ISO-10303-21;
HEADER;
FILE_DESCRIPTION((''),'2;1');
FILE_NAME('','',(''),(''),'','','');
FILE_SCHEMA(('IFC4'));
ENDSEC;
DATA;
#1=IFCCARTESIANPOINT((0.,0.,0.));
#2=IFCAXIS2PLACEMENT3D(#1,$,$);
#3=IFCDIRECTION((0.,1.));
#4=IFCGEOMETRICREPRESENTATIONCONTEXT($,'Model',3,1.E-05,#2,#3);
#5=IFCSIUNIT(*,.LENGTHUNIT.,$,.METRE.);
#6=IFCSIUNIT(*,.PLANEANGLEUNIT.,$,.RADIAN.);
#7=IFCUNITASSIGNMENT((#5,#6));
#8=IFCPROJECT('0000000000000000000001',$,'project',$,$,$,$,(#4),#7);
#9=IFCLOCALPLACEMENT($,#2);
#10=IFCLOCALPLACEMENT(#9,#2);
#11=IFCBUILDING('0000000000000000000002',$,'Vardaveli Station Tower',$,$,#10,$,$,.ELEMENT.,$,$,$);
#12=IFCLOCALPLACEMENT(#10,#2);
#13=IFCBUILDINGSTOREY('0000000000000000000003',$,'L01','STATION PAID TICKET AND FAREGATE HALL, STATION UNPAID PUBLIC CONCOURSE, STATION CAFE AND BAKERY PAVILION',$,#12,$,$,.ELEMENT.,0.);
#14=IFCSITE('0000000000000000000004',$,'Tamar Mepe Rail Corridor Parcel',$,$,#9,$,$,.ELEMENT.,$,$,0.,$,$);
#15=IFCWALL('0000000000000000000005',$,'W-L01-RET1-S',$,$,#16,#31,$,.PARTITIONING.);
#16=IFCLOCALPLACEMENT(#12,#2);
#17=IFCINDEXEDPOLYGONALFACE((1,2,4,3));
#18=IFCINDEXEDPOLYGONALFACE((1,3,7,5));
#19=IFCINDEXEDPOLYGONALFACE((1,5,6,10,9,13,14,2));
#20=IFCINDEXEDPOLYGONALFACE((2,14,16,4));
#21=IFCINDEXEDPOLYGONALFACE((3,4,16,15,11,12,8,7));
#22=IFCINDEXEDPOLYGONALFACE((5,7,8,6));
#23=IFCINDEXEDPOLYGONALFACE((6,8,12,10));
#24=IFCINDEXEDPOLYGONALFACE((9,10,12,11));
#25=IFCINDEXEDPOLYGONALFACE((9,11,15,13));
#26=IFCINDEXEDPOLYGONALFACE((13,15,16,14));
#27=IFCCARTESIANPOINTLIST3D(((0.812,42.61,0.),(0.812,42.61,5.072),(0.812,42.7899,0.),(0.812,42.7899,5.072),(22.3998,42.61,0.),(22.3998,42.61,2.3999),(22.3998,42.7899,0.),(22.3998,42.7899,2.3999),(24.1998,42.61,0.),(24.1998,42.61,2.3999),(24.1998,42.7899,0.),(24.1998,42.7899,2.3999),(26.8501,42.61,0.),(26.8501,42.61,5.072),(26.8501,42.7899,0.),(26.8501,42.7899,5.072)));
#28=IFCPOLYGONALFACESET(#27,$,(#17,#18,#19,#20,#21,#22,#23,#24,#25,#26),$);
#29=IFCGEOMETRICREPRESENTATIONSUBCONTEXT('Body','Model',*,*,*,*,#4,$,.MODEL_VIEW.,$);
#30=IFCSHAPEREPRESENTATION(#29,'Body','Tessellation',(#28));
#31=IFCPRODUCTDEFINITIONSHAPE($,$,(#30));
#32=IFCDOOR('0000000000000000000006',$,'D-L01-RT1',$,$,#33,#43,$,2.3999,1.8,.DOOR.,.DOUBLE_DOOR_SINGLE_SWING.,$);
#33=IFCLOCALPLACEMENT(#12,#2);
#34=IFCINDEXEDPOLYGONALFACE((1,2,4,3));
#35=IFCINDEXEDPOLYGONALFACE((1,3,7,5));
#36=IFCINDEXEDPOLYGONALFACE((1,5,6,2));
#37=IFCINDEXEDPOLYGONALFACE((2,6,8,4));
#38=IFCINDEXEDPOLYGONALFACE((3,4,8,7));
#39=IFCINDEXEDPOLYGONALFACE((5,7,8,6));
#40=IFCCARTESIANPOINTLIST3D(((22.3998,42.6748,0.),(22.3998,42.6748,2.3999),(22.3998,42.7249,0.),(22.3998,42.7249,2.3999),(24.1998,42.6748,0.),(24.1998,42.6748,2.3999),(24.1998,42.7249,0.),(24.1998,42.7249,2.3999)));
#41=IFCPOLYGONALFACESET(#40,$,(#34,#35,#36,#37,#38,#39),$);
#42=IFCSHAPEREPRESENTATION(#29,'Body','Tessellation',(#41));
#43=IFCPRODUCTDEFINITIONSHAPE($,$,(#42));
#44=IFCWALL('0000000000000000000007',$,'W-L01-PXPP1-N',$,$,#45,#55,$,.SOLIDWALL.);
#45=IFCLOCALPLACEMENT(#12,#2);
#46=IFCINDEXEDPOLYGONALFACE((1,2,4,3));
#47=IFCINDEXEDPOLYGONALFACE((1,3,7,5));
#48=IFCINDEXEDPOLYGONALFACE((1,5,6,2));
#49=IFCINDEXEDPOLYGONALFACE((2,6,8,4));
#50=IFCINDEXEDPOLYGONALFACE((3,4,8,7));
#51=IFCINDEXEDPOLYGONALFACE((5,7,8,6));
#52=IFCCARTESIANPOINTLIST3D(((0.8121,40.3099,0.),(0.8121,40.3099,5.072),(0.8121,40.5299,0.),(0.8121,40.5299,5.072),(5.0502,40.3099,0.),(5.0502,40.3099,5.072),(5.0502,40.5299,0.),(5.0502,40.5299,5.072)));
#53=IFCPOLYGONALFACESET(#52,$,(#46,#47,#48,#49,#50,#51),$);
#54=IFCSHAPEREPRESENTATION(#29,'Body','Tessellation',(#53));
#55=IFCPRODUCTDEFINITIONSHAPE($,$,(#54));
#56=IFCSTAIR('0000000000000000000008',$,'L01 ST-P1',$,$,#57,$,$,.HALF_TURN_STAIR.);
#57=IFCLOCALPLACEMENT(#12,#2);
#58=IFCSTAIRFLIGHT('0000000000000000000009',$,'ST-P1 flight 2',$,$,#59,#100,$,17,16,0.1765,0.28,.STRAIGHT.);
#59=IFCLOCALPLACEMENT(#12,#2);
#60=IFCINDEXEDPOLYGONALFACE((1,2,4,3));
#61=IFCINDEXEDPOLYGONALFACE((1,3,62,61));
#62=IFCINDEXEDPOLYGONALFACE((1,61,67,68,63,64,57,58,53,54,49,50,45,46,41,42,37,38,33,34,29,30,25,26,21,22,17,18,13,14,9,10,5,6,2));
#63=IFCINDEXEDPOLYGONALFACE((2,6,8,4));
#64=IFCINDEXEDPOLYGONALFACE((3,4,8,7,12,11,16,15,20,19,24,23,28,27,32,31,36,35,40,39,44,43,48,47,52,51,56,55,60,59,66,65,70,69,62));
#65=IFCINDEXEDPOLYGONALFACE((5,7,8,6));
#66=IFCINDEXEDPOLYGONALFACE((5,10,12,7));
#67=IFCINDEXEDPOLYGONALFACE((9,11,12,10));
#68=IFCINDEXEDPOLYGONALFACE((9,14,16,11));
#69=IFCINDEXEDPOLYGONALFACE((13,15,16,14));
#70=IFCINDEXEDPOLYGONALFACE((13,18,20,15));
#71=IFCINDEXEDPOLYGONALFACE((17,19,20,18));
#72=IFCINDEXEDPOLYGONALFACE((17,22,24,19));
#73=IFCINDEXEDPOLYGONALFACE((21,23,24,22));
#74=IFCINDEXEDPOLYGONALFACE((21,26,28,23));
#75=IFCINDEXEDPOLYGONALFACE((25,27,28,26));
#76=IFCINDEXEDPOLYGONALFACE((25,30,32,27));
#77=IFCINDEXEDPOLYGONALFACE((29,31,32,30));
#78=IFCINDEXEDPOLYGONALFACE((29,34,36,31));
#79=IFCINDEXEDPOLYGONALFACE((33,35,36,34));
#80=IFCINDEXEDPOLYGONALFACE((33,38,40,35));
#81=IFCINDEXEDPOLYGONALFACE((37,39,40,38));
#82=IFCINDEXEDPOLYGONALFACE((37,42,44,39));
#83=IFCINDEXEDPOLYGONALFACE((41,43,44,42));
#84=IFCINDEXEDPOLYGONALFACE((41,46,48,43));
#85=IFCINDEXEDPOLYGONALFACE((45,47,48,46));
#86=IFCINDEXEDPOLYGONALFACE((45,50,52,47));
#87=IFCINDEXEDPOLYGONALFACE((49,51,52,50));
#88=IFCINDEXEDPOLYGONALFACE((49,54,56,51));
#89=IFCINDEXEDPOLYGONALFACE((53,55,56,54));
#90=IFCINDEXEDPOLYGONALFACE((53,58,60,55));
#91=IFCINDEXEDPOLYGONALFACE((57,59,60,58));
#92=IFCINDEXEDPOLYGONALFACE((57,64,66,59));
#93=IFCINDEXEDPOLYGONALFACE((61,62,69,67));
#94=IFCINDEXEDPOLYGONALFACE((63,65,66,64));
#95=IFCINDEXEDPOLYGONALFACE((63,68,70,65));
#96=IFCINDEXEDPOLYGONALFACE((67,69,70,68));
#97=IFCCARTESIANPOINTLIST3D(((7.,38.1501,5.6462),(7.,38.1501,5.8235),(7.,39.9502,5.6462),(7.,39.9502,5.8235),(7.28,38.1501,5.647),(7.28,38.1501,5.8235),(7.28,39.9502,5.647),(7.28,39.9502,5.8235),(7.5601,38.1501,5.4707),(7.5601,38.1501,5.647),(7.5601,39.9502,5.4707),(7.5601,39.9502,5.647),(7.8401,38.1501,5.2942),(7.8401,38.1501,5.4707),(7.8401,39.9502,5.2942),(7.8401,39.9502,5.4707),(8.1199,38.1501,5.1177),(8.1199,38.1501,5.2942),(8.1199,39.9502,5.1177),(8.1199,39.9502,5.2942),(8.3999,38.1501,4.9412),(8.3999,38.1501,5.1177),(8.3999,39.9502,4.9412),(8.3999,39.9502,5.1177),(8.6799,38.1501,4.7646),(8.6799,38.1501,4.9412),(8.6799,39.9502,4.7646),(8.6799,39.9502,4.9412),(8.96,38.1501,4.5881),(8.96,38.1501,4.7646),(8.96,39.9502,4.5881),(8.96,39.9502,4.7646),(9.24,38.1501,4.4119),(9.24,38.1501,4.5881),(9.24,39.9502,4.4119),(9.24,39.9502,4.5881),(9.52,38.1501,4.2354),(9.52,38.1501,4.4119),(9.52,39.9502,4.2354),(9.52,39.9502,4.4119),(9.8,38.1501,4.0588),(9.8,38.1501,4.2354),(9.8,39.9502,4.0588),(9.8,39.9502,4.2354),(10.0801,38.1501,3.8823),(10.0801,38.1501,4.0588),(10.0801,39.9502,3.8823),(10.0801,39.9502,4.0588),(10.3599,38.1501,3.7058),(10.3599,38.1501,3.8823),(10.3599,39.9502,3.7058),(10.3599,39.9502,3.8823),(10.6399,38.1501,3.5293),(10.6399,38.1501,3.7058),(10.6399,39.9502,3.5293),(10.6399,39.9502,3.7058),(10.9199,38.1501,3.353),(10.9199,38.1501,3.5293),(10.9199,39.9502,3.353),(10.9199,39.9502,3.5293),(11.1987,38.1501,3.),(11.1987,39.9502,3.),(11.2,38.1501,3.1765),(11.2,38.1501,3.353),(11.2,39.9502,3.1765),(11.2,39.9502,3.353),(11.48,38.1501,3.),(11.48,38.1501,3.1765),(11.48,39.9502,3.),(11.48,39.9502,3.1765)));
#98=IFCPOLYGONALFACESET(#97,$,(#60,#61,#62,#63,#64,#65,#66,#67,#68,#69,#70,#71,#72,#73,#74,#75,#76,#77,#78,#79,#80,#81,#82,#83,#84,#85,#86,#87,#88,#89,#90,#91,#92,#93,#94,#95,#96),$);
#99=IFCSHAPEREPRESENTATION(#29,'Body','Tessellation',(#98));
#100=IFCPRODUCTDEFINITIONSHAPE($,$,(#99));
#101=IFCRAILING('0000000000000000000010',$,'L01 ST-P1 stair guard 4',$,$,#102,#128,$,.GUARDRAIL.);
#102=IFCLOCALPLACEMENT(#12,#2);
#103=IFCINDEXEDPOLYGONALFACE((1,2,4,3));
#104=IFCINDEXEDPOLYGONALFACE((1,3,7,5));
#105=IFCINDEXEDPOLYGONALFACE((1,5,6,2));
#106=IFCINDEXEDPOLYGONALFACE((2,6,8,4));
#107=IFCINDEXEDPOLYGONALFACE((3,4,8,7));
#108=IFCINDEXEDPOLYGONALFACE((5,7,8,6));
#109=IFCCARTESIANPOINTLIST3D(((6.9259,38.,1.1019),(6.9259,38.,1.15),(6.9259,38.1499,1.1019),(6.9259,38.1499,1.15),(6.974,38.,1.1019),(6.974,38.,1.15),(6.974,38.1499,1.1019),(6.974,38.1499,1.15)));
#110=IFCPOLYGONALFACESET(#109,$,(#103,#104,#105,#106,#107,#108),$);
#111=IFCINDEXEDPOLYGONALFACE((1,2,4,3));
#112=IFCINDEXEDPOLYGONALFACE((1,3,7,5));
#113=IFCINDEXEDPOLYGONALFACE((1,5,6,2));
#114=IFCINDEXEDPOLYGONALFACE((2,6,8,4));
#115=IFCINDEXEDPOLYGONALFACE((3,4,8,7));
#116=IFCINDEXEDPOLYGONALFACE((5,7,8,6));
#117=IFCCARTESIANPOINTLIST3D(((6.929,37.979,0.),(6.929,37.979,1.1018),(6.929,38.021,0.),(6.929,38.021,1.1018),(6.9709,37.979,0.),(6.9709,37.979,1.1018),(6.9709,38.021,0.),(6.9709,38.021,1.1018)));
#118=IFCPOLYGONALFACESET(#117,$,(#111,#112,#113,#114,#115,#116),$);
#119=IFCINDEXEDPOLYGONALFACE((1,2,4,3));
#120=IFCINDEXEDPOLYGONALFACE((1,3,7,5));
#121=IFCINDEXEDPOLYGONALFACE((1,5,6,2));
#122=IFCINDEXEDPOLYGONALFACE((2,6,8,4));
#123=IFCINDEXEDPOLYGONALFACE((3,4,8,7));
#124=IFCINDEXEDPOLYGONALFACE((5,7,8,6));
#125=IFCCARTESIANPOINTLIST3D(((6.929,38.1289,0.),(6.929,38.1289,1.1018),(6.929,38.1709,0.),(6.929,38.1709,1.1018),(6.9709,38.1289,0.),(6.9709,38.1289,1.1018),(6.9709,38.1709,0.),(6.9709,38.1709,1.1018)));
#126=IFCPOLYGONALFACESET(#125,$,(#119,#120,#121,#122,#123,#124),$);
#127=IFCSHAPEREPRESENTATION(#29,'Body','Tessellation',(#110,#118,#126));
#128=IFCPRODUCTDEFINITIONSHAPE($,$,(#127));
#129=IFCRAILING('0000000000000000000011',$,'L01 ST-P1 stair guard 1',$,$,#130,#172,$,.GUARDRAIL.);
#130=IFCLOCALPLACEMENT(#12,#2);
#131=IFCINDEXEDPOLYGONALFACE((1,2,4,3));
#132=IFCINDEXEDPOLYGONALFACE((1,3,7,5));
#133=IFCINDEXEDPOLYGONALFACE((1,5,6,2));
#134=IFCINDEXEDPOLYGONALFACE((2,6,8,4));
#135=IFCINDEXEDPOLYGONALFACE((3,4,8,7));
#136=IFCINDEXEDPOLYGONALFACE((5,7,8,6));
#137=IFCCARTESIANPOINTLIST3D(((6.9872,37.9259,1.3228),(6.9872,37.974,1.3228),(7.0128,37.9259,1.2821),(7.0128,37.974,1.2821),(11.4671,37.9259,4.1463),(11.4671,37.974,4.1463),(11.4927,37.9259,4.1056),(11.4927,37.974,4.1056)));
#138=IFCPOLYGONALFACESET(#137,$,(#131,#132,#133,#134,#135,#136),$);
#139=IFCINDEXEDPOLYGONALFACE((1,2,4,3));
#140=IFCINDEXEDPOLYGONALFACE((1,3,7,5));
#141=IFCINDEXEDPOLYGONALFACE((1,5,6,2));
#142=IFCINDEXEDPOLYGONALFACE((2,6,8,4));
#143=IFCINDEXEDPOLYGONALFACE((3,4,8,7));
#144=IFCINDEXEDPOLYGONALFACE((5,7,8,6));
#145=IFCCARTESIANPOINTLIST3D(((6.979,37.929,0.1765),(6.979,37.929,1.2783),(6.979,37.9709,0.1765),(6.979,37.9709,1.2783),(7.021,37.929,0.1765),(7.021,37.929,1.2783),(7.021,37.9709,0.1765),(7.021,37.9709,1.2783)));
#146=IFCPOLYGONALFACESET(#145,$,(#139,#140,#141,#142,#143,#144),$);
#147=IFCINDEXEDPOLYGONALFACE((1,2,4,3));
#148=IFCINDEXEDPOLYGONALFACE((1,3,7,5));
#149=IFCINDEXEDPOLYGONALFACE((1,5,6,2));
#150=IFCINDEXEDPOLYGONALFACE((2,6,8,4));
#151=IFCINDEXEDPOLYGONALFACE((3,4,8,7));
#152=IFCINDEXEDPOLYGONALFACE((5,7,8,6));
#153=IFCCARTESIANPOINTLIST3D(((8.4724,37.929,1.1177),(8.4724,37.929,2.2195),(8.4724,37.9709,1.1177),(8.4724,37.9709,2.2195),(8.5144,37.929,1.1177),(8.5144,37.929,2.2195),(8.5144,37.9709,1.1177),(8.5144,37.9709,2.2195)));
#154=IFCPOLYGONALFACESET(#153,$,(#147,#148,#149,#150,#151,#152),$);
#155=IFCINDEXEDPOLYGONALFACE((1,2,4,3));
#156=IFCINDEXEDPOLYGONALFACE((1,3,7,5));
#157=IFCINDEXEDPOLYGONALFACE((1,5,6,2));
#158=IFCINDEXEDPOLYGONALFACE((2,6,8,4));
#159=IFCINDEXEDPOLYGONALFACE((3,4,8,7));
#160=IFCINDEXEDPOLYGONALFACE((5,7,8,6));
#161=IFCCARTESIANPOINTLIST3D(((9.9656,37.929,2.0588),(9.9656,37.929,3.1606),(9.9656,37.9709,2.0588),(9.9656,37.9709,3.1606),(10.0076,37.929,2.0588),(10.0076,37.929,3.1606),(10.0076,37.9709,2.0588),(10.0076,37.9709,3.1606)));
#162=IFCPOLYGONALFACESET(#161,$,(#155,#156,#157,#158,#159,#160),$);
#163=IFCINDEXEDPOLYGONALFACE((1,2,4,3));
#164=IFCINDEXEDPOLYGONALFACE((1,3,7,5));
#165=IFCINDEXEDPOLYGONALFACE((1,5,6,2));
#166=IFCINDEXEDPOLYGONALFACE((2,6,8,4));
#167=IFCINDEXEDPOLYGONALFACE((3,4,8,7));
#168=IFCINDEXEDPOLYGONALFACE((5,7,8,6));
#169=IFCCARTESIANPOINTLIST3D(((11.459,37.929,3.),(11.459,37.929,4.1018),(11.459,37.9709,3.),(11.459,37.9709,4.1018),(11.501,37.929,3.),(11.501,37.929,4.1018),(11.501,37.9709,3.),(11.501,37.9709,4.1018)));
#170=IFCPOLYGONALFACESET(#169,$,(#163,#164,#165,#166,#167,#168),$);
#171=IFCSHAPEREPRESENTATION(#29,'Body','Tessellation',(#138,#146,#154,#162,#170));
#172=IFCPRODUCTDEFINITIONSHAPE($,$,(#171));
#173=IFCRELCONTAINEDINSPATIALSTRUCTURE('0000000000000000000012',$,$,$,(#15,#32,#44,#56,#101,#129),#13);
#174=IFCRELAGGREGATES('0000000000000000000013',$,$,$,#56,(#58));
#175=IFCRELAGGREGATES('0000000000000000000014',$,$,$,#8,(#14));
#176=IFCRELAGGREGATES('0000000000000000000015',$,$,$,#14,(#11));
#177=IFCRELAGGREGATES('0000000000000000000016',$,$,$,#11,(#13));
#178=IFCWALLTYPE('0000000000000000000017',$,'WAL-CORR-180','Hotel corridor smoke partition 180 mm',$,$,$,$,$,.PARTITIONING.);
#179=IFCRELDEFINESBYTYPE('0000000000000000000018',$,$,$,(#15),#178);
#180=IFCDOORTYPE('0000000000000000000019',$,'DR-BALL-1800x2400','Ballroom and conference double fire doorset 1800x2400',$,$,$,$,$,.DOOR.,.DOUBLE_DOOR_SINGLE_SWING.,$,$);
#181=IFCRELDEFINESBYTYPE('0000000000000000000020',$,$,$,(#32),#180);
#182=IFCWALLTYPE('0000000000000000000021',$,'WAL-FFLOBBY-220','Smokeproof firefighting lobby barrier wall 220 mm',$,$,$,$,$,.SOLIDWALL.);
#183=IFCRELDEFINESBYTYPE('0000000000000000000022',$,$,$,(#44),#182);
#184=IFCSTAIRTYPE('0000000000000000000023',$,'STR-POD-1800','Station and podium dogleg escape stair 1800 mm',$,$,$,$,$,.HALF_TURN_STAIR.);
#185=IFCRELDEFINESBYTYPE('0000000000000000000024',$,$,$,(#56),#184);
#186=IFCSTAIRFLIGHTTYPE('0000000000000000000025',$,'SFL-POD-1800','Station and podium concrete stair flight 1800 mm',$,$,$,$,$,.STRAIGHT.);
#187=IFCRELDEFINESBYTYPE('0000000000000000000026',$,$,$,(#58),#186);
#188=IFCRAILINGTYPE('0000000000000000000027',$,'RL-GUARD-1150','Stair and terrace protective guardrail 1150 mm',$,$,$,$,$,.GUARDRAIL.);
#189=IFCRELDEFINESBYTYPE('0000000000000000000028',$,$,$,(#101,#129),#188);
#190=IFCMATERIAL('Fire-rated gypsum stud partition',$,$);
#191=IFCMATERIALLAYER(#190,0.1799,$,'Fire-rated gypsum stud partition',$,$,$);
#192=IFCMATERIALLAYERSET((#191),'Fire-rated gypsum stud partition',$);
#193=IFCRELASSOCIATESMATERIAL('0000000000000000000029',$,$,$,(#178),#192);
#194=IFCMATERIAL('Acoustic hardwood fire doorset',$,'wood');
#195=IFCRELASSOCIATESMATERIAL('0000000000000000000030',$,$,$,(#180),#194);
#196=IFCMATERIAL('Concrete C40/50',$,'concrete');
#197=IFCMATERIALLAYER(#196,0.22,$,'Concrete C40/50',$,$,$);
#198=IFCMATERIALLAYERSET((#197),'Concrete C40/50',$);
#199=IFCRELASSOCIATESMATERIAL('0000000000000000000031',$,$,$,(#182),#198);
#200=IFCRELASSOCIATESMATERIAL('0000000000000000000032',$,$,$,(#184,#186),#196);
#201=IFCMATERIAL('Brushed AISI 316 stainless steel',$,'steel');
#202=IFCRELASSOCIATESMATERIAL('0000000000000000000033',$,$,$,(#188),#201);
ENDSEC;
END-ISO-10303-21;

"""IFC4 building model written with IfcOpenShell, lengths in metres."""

from ifc_helpers import new_model, si_unit, direction, frame, frame_2d, origin, origin_2d, place, context, subcontext, project, spatial, polyline, rectangle, outline, extrude, source, transform, mapped, material, layer, layer_set, type_object, element, fill, aggregate, save


model = new_model("IFC4")

# Units and contexts
model_context = context("Model", 3, precision=1e-05, world=origin(), true_north=direction((0.0, 1.0)))
body_context = subcontext(model_context, "Body", "Model", "MODEL_VIEW")
ifc_project = project(units=[si_unit("LENGTHUNIT", "METRE"), si_unit("PLANEANGLEUNIT", "RADIAN")], contexts=[model_context])

# Site, building, storey
site_placement = place(None, origin())
site = spatial("IfcSite", under=ifc_project, at=site_placement, Name="Tamar Mepe Rail Corridor Parcel", CompositionType="ELEMENT", RefElevation=0.0)
building_placement = place(site_placement, origin())
building = spatial("IfcBuilding", under=site, at=building_placement, Name="Vardaveli Station Tower", CompositionType="ELEMENT")
storey_placement = place(building_placement, origin())
storey = spatial("IfcBuildingStorey", under=building, at=storey_placement, Name="L01", Description="STATION PAID TICKET AND FAREGATE HALL, STATION UNPAID PUBLIC CONCOURSE, STATION CAFE AND BAKERY PAVILION", CompositionType="ELEMENT", Elevation=0.0)

# Shared definitions
ifc_material_1 = material(Name="Concrete C40/50", Category="concrete")

# Wall, opening, door
ifc_material_2 = material(Name="Fire-rated gypsum stud partition")
ifc_layer_1 = layer(ifc_material_2, 0.1799, Name="Fire-rated gypsum stud partition")
ifc_layer_set_1 = layer_set([ifc_layer_1], Name="Fire-rated gypsum stud partition")
wall_type_1 = type_object("IfcWallType", Name="WAL-CORR-180", Description="Hotel corridor smoke partition 180 mm", PredefinedType="PARTITIONING", material=ifc_layer_set_1)
shared_shape_1 = source(origin(), body_context, "Body", "SweptSolid", [
    extrude(rectangle(XDim=26.0381, YDim=0.1799, at=frame_2d((13.019, 0.0))), origin(), (0.0, 0.0, 1.0), 5.072),
])
wall_1_placement = place(storey_placement, frame((0.812, 42.7, 0.0), z_axis=(0.0, 0.0, 1.0), x_axis=(1.0, 0.0, 0.0)))
wall_1 = element("IfcWall", 1, at=wall_1_placement, inside=storey, type_object=wall_type_1, Name="W-L01-RET1-S", PredefinedType="PARTITIONING", context=body_context, shape_type="MappedRepresentation", body=[
    mapped(shared_shape_1, transform((0.0, 0.0, 0.0), scale=1.0)),
])
shared_shape_2 = source(origin(), body_context, "Body", "SweptSolid", [
    extrude(rectangle(XDim=1.8, YDim=2.3999, at=frame_2d((0.8999, 1.2))), frame((0.0, 0.1001, 0.0), z_axis=(0.0, -1.0, 0.0), x_axis=(1.0, 0.0, 0.0)), (0.0, 0.0, 1.0), 0.2),
])
opening_1_placement = place(wall_1_placement, frame((21.5879, 0.0, 0.0)))
opening_1 = element("IfcOpeningElement", 2, at=opening_1_placement, cuts=wall_1, PredefinedType="OPENING", context=body_context, shape_type="MappedRepresentation", body=[
    mapped(shared_shape_2, transform((0.0, 0.0, 0.0), scale=1.0)),
])
ifc_material_3 = material(Name="Acoustic hardwood fire doorset", Category="wood")
door_type_1 = type_object("IfcDoorType", Name="DR-BALL-1800x2400", Description="Ballroom and conference double fire doorset 1800x2400", OperationType="DOUBLE_DOOR_SINGLE_SWING", PredefinedType="DOOR", material=ifc_material_3)
shared_shape_3 = source(origin(), body_context, "Body", "SweptSolid", [
    extrude(rectangle(XDim=1.8, YDim=2.3999, at=frame_2d((0.8999, 1.2))), frame((0.0, 0.0249, 0.0), z_axis=(0.0, -1.0, 0.0), x_axis=(1.0, 0.0, 0.0)), (0.0, 0.0, 1.0), 0.05),
])
door_1_placement = place(opening_1_placement, origin())
door_1 = element("IfcDoor", 3, at=door_1_placement, inside=storey, type_object=door_type_1, Name="D-L01-RT1", OperationType="DOUBLE_DOOR_SINGLE_SWING", OverallHeight=2.3999, OverallWidth=1.8, PredefinedType="DOOR", context=body_context, shape_type="MappedRepresentation", body=[
    mapped(shared_shape_3, transform((0.0, 0.0, 0.0), scale=1.0)),
])
fill(opening_1, door_1)

# Wall
ifc_layer_2 = layer(ifc_material_1, 0.22, Name="Concrete C40/50")
ifc_layer_set_2 = layer_set([ifc_layer_2], Name="Concrete C40/50")
wall_type_2 = type_object("IfcWallType", Name="WAL-FFLOBBY-220", Description="Smokeproof firefighting lobby barrier wall 220 mm", PredefinedType="SOLIDWALL", material=ifc_layer_set_2)
shared_shape_4 = source(origin(), body_context, "Body", "SweptSolid", [
    extrude(rectangle(XDim=4.238, YDim=0.22, at=frame_2d((2.1191, 0.0))), origin(), (0.0, 0.0, 1.0), 5.072),
])
wall_2_placement = place(storey_placement, frame((0.812, 40.4199, 0.0), z_axis=(0.0, 0.0, 1.0), x_axis=(1.0, 0.0, 0.0)))
element("IfcWall", 4, at=wall_2_placement, inside=storey, type_object=wall_type_2, Name="W-L01-PXPP1-N", PredefinedType="SOLIDWALL", context=body_context, shape_type="MappedRepresentation", body=[
    mapped(shared_shape_4, transform((0.0, 0.0, 0.0), scale=1.0)),
])

# Stair, stair flight
stair_type = type_object("IfcStairType", Name="STR-POD-1800", Description="Station and podium dogleg escape stair 1800 mm", PredefinedType="HALF_TURN_STAIR", material=ifc_material_1)
stair_placement = place(storey_placement, origin())
stair = element("IfcStair", 5, at=stair_placement, inside=storey, type_object=stair_type, Name="L01 ST-P1", PredefinedType="HALF_TURN_STAIR")
stair_flight_type = type_object("IfcStairFlightType", Name="SFL-POD-1800", Description="Station and podium concrete stair flight 1800 mm", PredefinedType="STRAIGHT", material=ifc_material_1)
shared_shape_5 = source(origin(), body_context, "Body", "SweptSolid", [
    extrude(outline(polyline([(0.0, 0.0), (0.0, 0.1765), (0.28, 0.1765), (0.28, 0.353), (0.5601, 0.353), (0.5601, 0.5293), (0.8401, 0.5293), (0.8401, 0.7058), (1.1201, 0.7058), (1.1201, 0.8823), (1.3999, 0.8823), (1.3999, 1.0588), (1.6799, 1.0588), (1.6799, 1.2354), (1.96, 1.2354), (1.96, 1.4119), (2.24, 1.4119), (2.24, 1.5881), (2.52, 1.5881), (2.52, 1.7646), (2.8, 1.7646), (2.8, 1.9412), (3.0801, 1.9412), (3.0801, 2.1177), (3.3601, 2.1177), (3.3601, 2.2942), (3.6399, 2.2942), (3.6399, 2.4707), (3.9199, 2.4707), (3.9199, 2.647), (4.2, 2.647), (4.2, 2.8235), (4.48, 2.8235), (4.48, 3.0), (4.48, 2.6462), (0.2812, 0.0), (0.0, 0.0)])), frame((0.0, 0.8999, 0.0), z_axis=(0.0, -1.0, 0.0), x_axis=(1.0, 0.0, 0.0)), (0.0, 0.0, 1.0), 1.8),
])
stair_flight_placement = place(storey_placement, frame((11.48, 39.05, 3.0), z_axis=(0.0, 0.0, 1.0), x_axis=(-1.0, 0.0, 0.0)))
stair_flight = element("IfcStairFlight", 6, at=stair_flight_placement, type_object=stair_flight_type, Name="ST-P1 flight 2", NumberOfRisers=17, NumberOfTreads=16, PredefinedType="STRAIGHT", RiserHeight=0.1765, TreadLength=0.28, context=body_context, shape_type="MappedRepresentation", body=[
    mapped(shared_shape_5, transform((0.0, 0.0, 0.0), scale=1.0)),
])
aggregate(stair, [stair_flight])

# Railings
ifc_material_4 = material(Name="Brushed AISI 316 stainless steel", Category="steel")
railing_type_1 = type_object("IfcRailingType", Name="RL-GUARD-1150", Description="Stair and terrace protective guardrail 1150 mm", PredefinedType="GUARDRAIL", material=ifc_material_4)
shared_shape_6 = source(origin(), body_context, "Body", "SweptSolid", [
    extrude(rectangle(XDim=0.0481, YDim=0.0481, at=origin_2d()), frame((0.0, 0.0, 1.126), z_axis=(0.0, 1.0, 0.0), x_axis=(-1.0, 0.0, 0.0)), (0.0, 0.0, 1.0), 0.1499),
    extrude(rectangle(XDim=0.042, YDim=0.042, at=origin_2d()), origin(), (0.0, 0.0, 1.0), 1.1018),
    extrude(rectangle(XDim=0.042, YDim=0.042, at=origin_2d()), frame((0.0, 0.1499, 0.0)), (0.0, 0.0, 1.0), 1.1018),
])
railing_1_placement = place(storey_placement, frame((6.95, 38.0, 0.0)))
element("IfcRailing", 7, at=railing_1_placement, inside=storey, type_object=railing_type_1, Name="L01 ST-P1 stair guard 4", PredefinedType="GUARDRAIL", context=body_context, shape_type="MappedRepresentation", body=[
    mapped(shared_shape_6, transform((0.0, 0.0, 0.0), scale=1.0)),
])
shared_shape_7 = source(origin(), body_context, "Body", "SweptSolid", [
    extrude(rectangle(XDim=0.0481, YDim=0.0481, at=origin_2d()), frame((0.0, 0.0, 1.126), z_axis=(0.845998, 0.0, 0.533186), x_axis=(0.0, 1.0, 0.0)), (0.0, 0.0, 1.0), 5.2954),
    extrude(rectangle(XDim=0.042, YDim=0.042, at=origin_2d()), origin(), (0.0, 0.0, 1.0), 1.1018),
    extrude(rectangle(XDim=0.042, YDim=0.042, at=origin_2d()), frame((1.4934, 0.0, 0.9412)), (0.0, 0.0, 1.0), 1.1018),
    extrude(rectangle(XDim=0.042, YDim=0.042, at=origin_2d()), frame((2.9866, 0.0, 1.8823)), (0.0, 0.0, 1.0), 1.1018),
    extrude(rectangle(XDim=0.042, YDim=0.042, at=origin_2d()), frame((4.48, 0.0, 2.8235)), (0.0, 0.0, 1.0), 1.1018),
])
railing_2_placement = place(storey_placement, frame((7.0, 37.95, 0.1765)))
element("IfcRailing", 8, at=railing_2_placement, inside=storey, type_object=railing_type_1, Name="L01 ST-P1 stair guard 1", PredefinedType="GUARDRAIL", context=body_context, shape_type="MappedRepresentation", body=[
    mapped(shared_shape_7, transform((0.0, 0.0, 0.0), scale=1.0)),
])

save(model, "model.ifc")
